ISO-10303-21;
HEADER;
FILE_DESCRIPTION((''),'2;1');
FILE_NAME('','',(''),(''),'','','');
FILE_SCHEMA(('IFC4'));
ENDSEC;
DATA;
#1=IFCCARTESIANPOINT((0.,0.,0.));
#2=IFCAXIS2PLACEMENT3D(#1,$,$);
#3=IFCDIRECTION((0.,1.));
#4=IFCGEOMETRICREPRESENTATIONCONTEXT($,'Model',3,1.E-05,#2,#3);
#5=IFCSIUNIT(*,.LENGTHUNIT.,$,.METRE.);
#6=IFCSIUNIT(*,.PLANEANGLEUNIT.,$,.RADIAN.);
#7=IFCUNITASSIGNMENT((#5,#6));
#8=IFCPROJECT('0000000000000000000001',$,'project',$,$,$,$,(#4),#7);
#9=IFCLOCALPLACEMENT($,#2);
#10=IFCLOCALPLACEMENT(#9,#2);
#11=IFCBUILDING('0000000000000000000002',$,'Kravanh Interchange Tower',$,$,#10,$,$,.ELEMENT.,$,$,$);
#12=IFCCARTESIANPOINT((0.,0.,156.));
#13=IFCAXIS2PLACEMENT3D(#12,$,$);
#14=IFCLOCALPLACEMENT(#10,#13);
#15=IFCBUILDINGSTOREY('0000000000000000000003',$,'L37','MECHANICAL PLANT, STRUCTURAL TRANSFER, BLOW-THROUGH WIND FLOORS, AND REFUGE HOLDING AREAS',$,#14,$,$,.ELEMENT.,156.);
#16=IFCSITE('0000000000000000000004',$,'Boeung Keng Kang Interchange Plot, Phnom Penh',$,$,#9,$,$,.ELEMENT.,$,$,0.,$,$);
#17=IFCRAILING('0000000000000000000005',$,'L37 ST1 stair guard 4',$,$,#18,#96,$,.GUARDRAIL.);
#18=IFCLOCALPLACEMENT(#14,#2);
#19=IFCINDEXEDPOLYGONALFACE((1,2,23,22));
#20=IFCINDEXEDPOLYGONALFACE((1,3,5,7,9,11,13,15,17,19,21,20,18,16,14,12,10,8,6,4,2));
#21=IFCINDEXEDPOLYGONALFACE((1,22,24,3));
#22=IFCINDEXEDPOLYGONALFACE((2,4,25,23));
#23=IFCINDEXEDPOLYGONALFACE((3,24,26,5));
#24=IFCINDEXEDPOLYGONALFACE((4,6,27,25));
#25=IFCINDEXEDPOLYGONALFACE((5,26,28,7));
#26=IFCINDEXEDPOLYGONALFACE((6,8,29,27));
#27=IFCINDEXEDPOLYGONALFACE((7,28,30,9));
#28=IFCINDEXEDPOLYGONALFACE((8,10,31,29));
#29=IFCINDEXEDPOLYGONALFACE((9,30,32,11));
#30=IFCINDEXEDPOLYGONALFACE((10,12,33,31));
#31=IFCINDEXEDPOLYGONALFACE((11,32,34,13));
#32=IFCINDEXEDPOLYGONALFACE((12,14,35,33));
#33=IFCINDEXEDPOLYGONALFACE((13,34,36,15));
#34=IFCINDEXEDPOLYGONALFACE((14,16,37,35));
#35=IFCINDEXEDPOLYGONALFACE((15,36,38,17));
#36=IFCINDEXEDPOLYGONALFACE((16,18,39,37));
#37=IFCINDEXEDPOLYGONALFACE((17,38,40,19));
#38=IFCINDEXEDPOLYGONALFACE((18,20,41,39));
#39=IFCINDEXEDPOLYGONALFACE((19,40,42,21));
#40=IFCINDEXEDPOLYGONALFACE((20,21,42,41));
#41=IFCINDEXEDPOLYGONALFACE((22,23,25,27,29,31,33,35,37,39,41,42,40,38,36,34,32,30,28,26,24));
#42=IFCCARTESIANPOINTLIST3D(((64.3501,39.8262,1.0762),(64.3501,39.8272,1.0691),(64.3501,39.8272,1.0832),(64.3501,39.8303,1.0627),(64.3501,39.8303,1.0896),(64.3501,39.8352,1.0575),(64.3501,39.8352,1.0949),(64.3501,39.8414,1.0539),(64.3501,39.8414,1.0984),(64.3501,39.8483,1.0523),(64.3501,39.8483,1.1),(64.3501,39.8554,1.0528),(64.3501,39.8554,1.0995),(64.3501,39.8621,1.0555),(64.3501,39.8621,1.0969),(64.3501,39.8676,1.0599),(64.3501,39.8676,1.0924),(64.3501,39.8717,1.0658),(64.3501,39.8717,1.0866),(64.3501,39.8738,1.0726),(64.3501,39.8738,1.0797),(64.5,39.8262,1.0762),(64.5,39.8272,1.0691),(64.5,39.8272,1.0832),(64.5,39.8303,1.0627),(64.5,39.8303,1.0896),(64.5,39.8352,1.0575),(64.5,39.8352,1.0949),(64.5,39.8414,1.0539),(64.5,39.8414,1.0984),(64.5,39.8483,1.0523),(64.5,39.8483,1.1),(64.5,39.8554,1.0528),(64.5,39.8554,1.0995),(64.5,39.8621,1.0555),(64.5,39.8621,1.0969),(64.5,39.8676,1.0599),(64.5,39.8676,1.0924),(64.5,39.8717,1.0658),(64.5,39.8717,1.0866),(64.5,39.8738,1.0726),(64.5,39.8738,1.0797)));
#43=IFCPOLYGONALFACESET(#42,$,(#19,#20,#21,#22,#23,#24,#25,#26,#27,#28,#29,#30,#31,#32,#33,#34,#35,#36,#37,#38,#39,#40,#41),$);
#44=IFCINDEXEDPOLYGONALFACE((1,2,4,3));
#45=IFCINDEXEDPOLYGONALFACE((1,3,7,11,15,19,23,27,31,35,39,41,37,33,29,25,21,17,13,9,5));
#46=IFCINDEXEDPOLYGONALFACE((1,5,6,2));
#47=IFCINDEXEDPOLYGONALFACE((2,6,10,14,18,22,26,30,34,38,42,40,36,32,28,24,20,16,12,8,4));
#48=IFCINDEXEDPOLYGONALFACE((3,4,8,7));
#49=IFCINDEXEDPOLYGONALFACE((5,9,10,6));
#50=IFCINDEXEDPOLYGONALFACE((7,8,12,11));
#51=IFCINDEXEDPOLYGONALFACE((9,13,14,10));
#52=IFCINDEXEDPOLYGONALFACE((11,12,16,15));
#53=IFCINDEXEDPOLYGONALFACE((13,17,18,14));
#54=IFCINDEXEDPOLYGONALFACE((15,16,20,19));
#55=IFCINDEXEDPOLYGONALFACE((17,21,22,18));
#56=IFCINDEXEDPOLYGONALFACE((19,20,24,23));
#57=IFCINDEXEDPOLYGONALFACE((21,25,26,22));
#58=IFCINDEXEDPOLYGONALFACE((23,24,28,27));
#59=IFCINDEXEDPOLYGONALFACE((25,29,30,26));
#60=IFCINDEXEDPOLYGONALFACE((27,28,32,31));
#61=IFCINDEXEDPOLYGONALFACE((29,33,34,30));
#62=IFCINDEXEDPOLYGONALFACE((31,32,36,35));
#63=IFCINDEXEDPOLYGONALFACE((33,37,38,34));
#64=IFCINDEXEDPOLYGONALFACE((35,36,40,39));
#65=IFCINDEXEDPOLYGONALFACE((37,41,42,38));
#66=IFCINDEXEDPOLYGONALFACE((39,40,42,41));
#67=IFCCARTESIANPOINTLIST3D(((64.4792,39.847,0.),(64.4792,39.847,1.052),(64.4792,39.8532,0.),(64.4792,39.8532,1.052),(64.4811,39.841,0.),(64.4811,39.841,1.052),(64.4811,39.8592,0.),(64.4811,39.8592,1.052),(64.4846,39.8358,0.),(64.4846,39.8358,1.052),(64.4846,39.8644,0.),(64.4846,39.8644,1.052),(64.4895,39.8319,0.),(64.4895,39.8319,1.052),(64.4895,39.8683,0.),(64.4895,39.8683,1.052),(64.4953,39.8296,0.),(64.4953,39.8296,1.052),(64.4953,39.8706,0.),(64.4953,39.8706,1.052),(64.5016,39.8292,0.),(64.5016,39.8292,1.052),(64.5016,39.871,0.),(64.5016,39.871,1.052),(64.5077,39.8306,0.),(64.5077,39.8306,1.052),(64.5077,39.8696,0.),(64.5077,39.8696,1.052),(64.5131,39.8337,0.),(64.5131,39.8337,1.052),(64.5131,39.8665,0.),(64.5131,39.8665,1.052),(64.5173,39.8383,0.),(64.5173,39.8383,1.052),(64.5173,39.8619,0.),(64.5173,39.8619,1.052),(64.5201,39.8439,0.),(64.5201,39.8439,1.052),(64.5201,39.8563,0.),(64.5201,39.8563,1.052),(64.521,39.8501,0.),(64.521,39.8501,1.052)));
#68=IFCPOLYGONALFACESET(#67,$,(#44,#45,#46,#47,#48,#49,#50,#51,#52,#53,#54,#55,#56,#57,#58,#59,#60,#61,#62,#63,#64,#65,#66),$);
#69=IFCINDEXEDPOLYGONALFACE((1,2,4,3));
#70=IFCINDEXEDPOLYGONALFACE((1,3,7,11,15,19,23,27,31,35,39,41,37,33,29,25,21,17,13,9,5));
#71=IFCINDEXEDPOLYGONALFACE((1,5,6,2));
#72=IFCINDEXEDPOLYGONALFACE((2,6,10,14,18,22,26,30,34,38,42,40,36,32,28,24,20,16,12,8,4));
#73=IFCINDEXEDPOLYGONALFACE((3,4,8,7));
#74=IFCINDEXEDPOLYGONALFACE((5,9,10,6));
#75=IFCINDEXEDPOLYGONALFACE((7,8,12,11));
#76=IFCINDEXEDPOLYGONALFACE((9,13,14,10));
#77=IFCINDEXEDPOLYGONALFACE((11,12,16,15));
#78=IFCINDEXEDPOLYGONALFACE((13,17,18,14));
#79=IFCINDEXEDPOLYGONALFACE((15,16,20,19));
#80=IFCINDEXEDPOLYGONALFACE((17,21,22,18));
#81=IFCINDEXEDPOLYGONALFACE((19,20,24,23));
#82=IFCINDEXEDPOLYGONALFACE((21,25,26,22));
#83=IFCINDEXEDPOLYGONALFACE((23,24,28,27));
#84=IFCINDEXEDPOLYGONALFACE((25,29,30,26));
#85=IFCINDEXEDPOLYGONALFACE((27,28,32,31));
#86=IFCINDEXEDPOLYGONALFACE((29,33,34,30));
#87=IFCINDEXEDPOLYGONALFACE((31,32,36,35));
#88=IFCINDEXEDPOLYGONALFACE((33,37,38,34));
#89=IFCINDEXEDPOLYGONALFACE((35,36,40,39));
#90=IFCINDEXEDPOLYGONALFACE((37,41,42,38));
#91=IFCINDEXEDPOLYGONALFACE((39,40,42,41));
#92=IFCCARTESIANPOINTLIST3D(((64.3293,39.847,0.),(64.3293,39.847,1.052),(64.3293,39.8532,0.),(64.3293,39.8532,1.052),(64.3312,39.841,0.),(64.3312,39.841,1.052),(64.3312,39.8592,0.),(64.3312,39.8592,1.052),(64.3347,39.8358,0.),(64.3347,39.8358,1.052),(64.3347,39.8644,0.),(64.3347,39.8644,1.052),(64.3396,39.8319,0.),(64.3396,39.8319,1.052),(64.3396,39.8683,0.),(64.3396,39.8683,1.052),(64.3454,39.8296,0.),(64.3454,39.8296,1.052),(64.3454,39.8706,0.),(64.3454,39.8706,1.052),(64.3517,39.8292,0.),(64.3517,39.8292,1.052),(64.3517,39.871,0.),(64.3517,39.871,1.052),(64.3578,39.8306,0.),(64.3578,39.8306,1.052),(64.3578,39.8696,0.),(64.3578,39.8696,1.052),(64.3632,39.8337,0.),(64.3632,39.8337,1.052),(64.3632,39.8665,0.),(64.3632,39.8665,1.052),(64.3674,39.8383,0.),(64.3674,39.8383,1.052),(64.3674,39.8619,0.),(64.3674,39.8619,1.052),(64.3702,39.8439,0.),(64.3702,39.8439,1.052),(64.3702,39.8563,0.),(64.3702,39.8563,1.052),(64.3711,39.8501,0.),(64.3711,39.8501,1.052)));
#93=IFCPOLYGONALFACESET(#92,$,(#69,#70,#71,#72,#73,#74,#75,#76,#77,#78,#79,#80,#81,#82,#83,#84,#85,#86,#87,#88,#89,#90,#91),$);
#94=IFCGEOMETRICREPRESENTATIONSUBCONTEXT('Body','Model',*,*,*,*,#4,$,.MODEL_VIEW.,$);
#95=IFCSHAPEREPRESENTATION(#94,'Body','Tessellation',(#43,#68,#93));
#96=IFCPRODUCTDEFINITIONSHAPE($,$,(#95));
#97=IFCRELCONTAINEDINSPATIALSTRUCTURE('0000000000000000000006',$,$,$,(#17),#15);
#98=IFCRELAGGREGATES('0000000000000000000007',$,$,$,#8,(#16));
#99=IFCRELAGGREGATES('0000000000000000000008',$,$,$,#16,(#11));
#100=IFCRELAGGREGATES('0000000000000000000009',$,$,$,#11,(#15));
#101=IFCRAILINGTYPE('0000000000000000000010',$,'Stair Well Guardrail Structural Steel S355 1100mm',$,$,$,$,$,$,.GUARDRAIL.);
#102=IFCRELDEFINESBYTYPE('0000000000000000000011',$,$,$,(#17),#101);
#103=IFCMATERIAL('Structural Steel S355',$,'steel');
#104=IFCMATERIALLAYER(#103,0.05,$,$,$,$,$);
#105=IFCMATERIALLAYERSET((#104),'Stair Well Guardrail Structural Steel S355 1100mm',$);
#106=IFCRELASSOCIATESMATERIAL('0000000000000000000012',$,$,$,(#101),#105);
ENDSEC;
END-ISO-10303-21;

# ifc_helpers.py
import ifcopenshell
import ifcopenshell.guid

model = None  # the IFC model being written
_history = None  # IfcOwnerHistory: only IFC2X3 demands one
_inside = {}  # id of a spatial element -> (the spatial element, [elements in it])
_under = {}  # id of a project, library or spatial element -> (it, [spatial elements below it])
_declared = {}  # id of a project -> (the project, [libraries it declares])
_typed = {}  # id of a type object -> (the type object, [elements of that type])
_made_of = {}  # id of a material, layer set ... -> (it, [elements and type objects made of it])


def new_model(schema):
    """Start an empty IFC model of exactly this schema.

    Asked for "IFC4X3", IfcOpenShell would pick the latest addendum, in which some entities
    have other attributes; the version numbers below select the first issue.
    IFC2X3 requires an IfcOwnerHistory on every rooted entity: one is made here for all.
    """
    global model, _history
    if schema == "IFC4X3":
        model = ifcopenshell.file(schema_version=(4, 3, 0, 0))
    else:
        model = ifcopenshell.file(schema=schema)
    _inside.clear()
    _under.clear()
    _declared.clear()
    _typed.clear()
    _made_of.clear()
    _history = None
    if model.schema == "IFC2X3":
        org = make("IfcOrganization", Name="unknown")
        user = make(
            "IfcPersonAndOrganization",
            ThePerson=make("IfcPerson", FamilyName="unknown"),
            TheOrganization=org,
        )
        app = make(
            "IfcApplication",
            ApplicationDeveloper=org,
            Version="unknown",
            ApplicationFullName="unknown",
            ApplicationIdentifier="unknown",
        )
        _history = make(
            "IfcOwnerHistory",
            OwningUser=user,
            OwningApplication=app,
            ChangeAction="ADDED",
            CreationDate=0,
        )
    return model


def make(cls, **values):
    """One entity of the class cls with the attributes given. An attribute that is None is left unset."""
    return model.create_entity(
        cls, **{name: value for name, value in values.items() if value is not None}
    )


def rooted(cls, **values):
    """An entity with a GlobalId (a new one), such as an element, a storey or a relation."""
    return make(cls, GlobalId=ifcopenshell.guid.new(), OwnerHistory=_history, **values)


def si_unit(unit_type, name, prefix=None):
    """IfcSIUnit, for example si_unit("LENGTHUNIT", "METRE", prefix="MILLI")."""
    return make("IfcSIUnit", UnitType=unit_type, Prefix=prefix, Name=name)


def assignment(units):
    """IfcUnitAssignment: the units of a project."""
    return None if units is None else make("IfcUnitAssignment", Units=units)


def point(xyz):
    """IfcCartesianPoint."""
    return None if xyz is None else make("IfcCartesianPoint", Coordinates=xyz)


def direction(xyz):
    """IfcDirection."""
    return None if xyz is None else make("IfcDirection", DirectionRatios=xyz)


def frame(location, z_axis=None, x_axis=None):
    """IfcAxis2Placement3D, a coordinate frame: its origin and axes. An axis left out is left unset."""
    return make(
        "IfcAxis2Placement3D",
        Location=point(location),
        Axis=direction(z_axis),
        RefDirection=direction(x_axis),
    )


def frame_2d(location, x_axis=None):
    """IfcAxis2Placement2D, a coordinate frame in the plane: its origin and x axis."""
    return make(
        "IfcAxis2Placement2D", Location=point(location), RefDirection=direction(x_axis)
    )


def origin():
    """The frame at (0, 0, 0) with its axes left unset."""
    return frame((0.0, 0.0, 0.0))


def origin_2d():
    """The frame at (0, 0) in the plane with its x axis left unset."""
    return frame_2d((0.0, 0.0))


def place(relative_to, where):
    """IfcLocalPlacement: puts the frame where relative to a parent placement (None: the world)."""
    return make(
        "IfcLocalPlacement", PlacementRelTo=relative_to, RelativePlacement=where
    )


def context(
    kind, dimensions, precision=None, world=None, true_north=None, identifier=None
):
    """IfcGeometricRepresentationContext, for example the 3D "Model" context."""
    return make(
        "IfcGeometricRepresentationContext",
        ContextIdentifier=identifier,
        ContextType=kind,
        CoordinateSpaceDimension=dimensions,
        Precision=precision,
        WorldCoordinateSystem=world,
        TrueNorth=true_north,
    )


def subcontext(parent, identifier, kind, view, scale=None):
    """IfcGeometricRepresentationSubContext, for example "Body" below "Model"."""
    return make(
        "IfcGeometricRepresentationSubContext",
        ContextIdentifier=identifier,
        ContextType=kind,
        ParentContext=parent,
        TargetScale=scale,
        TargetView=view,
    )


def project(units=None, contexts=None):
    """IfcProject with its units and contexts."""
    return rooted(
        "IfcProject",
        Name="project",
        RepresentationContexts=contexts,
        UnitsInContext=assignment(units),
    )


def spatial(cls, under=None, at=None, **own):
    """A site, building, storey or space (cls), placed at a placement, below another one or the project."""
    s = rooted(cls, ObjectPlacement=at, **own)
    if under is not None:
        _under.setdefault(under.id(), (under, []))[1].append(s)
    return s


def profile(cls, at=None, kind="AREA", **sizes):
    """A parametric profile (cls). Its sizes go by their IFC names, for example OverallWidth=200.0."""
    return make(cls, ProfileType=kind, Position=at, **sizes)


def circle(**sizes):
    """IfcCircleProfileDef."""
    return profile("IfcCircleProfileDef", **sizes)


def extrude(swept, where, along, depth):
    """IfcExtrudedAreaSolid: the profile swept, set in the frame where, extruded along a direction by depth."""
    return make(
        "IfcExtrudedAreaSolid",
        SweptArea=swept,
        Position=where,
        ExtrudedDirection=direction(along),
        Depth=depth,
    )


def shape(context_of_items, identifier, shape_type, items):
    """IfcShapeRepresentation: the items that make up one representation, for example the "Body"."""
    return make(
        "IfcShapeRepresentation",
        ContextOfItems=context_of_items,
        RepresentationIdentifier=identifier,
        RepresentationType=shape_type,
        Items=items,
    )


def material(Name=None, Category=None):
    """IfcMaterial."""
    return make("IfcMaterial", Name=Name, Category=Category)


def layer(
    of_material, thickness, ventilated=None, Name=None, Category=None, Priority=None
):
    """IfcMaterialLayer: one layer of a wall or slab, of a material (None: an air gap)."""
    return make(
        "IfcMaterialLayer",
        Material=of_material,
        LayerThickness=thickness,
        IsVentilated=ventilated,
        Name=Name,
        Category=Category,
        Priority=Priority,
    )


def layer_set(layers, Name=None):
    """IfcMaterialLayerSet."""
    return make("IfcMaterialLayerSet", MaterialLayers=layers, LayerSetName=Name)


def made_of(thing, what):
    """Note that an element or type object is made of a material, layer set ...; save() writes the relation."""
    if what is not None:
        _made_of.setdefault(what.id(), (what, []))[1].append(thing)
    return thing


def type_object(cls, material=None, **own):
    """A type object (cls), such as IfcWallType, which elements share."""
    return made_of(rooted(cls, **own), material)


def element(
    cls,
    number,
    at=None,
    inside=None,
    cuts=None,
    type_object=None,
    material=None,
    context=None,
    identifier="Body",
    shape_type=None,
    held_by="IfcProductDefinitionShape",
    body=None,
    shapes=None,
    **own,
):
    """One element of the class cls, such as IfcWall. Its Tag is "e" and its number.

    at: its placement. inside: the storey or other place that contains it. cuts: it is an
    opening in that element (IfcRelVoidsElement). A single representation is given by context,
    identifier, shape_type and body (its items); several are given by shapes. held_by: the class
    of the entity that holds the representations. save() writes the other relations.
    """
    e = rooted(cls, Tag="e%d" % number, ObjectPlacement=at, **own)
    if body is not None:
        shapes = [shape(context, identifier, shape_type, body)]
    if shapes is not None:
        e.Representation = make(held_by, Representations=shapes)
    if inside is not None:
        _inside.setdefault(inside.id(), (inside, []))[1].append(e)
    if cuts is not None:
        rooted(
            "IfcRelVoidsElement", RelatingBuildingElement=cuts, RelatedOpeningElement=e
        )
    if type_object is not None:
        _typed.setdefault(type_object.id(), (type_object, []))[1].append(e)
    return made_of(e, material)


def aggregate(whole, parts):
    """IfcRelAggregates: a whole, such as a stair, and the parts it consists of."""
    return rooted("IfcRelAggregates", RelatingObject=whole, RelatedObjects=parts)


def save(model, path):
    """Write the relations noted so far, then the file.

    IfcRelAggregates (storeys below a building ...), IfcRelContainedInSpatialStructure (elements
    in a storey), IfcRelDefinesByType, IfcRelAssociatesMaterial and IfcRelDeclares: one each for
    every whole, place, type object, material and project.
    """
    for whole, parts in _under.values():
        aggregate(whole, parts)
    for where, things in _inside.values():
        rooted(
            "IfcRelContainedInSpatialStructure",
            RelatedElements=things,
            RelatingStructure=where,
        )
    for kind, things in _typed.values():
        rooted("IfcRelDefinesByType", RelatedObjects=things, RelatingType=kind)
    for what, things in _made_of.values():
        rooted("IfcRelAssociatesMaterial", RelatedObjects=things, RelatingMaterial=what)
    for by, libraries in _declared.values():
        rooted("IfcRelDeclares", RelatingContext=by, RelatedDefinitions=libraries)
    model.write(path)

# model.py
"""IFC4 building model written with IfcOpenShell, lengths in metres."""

from ifc_helpers import new_model, si_unit, direction, frame, origin, origin_2d, place, context, subcontext, project, spatial, circle, extrude, material, layer, layer_set, type_object, element, save


model = new_model("IFC4")

# Units and contexts
model_context = context("Model", 3, precision=1e-05, world=origin(), true_north=direction((0.0, 1.0)))
body_context = subcontext(model_context, "Body", "Model", "MODEL_VIEW")
ifc_project = project(units=[si_unit("LENGTHUNIT", "METRE"), si_unit("PLANEANGLEUNIT", "RADIAN")], contexts=[model_context])

# Site, building, storey
site_placement = place(None, origin())
site = spatial("IfcSite", under=ifc_project, at=site_placement, Name="Boeung Keng Kang Interchange Plot, Phnom Penh", CompositionType="ELEMENT", RefElevation=0.0)
building_placement = place(site_placement, origin())
building = spatial("IfcBuilding", under=site, at=building_placement, Name="Kravanh Interchange Tower", CompositionType="ELEMENT")
storey_placement = place(building_placement, frame((0.0, 0.0, 156.0)))
storey = spatial("IfcBuildingStorey", under=building, at=storey_placement, Name="L37", Description="MECHANICAL PLANT, STRUCTURAL TRANSFER, BLOW-THROUGH WIND FLOORS, AND REFUGE HOLDING AREAS", CompositionType="ELEMENT", Elevation=156.0)

# Railing
ifc_material_1 = material(Name="Structural Steel S355", Category="steel")
ifc_layer_1 = layer(ifc_material_1, 0.05)
ifc_layer_set_1 = layer_set([ifc_layer_1], Name="Stair Well Guardrail Structural Steel S355 1100mm")
railing_type_1 = type_object("IfcRailingType", Name="Stair Well Guardrail Structural Steel S355 1100mm", PredefinedType="GUARDRAIL", material=ifc_layer_set_1)
railing_1_placement = place(storey_placement, frame((64.5, 39.8501, 0.0)))
element("IfcRailing", 1, at=railing_1_placement, inside=storey, type_object=railing_type_1, Name="L37 ST1 stair guard 4", PredefinedType="GUARDRAIL", context=body_context, shape_type="SweptSolid", body=[
    extrude(circle(Radius=0.0239, at=origin_2d()), frame((0.0, 0.0, 1.0762), z_axis=(-1.0, 0.0, 0.0), x_axis=(0.0, -1.0, 0.0)), (0.0, 0.0, 1.0), 0.1499),
    extrude(circle(Radius=0.021, at=origin_2d()), origin(), (0.0, 0.0, 1.0), 1.052),
    extrude(circle(Radius=0.021, at=origin_2d()), frame((-0.1499, 0.0, 0.0)), (0.0, 0.0, 1.0), 1.052),
])

save(model, "model.ifc")
